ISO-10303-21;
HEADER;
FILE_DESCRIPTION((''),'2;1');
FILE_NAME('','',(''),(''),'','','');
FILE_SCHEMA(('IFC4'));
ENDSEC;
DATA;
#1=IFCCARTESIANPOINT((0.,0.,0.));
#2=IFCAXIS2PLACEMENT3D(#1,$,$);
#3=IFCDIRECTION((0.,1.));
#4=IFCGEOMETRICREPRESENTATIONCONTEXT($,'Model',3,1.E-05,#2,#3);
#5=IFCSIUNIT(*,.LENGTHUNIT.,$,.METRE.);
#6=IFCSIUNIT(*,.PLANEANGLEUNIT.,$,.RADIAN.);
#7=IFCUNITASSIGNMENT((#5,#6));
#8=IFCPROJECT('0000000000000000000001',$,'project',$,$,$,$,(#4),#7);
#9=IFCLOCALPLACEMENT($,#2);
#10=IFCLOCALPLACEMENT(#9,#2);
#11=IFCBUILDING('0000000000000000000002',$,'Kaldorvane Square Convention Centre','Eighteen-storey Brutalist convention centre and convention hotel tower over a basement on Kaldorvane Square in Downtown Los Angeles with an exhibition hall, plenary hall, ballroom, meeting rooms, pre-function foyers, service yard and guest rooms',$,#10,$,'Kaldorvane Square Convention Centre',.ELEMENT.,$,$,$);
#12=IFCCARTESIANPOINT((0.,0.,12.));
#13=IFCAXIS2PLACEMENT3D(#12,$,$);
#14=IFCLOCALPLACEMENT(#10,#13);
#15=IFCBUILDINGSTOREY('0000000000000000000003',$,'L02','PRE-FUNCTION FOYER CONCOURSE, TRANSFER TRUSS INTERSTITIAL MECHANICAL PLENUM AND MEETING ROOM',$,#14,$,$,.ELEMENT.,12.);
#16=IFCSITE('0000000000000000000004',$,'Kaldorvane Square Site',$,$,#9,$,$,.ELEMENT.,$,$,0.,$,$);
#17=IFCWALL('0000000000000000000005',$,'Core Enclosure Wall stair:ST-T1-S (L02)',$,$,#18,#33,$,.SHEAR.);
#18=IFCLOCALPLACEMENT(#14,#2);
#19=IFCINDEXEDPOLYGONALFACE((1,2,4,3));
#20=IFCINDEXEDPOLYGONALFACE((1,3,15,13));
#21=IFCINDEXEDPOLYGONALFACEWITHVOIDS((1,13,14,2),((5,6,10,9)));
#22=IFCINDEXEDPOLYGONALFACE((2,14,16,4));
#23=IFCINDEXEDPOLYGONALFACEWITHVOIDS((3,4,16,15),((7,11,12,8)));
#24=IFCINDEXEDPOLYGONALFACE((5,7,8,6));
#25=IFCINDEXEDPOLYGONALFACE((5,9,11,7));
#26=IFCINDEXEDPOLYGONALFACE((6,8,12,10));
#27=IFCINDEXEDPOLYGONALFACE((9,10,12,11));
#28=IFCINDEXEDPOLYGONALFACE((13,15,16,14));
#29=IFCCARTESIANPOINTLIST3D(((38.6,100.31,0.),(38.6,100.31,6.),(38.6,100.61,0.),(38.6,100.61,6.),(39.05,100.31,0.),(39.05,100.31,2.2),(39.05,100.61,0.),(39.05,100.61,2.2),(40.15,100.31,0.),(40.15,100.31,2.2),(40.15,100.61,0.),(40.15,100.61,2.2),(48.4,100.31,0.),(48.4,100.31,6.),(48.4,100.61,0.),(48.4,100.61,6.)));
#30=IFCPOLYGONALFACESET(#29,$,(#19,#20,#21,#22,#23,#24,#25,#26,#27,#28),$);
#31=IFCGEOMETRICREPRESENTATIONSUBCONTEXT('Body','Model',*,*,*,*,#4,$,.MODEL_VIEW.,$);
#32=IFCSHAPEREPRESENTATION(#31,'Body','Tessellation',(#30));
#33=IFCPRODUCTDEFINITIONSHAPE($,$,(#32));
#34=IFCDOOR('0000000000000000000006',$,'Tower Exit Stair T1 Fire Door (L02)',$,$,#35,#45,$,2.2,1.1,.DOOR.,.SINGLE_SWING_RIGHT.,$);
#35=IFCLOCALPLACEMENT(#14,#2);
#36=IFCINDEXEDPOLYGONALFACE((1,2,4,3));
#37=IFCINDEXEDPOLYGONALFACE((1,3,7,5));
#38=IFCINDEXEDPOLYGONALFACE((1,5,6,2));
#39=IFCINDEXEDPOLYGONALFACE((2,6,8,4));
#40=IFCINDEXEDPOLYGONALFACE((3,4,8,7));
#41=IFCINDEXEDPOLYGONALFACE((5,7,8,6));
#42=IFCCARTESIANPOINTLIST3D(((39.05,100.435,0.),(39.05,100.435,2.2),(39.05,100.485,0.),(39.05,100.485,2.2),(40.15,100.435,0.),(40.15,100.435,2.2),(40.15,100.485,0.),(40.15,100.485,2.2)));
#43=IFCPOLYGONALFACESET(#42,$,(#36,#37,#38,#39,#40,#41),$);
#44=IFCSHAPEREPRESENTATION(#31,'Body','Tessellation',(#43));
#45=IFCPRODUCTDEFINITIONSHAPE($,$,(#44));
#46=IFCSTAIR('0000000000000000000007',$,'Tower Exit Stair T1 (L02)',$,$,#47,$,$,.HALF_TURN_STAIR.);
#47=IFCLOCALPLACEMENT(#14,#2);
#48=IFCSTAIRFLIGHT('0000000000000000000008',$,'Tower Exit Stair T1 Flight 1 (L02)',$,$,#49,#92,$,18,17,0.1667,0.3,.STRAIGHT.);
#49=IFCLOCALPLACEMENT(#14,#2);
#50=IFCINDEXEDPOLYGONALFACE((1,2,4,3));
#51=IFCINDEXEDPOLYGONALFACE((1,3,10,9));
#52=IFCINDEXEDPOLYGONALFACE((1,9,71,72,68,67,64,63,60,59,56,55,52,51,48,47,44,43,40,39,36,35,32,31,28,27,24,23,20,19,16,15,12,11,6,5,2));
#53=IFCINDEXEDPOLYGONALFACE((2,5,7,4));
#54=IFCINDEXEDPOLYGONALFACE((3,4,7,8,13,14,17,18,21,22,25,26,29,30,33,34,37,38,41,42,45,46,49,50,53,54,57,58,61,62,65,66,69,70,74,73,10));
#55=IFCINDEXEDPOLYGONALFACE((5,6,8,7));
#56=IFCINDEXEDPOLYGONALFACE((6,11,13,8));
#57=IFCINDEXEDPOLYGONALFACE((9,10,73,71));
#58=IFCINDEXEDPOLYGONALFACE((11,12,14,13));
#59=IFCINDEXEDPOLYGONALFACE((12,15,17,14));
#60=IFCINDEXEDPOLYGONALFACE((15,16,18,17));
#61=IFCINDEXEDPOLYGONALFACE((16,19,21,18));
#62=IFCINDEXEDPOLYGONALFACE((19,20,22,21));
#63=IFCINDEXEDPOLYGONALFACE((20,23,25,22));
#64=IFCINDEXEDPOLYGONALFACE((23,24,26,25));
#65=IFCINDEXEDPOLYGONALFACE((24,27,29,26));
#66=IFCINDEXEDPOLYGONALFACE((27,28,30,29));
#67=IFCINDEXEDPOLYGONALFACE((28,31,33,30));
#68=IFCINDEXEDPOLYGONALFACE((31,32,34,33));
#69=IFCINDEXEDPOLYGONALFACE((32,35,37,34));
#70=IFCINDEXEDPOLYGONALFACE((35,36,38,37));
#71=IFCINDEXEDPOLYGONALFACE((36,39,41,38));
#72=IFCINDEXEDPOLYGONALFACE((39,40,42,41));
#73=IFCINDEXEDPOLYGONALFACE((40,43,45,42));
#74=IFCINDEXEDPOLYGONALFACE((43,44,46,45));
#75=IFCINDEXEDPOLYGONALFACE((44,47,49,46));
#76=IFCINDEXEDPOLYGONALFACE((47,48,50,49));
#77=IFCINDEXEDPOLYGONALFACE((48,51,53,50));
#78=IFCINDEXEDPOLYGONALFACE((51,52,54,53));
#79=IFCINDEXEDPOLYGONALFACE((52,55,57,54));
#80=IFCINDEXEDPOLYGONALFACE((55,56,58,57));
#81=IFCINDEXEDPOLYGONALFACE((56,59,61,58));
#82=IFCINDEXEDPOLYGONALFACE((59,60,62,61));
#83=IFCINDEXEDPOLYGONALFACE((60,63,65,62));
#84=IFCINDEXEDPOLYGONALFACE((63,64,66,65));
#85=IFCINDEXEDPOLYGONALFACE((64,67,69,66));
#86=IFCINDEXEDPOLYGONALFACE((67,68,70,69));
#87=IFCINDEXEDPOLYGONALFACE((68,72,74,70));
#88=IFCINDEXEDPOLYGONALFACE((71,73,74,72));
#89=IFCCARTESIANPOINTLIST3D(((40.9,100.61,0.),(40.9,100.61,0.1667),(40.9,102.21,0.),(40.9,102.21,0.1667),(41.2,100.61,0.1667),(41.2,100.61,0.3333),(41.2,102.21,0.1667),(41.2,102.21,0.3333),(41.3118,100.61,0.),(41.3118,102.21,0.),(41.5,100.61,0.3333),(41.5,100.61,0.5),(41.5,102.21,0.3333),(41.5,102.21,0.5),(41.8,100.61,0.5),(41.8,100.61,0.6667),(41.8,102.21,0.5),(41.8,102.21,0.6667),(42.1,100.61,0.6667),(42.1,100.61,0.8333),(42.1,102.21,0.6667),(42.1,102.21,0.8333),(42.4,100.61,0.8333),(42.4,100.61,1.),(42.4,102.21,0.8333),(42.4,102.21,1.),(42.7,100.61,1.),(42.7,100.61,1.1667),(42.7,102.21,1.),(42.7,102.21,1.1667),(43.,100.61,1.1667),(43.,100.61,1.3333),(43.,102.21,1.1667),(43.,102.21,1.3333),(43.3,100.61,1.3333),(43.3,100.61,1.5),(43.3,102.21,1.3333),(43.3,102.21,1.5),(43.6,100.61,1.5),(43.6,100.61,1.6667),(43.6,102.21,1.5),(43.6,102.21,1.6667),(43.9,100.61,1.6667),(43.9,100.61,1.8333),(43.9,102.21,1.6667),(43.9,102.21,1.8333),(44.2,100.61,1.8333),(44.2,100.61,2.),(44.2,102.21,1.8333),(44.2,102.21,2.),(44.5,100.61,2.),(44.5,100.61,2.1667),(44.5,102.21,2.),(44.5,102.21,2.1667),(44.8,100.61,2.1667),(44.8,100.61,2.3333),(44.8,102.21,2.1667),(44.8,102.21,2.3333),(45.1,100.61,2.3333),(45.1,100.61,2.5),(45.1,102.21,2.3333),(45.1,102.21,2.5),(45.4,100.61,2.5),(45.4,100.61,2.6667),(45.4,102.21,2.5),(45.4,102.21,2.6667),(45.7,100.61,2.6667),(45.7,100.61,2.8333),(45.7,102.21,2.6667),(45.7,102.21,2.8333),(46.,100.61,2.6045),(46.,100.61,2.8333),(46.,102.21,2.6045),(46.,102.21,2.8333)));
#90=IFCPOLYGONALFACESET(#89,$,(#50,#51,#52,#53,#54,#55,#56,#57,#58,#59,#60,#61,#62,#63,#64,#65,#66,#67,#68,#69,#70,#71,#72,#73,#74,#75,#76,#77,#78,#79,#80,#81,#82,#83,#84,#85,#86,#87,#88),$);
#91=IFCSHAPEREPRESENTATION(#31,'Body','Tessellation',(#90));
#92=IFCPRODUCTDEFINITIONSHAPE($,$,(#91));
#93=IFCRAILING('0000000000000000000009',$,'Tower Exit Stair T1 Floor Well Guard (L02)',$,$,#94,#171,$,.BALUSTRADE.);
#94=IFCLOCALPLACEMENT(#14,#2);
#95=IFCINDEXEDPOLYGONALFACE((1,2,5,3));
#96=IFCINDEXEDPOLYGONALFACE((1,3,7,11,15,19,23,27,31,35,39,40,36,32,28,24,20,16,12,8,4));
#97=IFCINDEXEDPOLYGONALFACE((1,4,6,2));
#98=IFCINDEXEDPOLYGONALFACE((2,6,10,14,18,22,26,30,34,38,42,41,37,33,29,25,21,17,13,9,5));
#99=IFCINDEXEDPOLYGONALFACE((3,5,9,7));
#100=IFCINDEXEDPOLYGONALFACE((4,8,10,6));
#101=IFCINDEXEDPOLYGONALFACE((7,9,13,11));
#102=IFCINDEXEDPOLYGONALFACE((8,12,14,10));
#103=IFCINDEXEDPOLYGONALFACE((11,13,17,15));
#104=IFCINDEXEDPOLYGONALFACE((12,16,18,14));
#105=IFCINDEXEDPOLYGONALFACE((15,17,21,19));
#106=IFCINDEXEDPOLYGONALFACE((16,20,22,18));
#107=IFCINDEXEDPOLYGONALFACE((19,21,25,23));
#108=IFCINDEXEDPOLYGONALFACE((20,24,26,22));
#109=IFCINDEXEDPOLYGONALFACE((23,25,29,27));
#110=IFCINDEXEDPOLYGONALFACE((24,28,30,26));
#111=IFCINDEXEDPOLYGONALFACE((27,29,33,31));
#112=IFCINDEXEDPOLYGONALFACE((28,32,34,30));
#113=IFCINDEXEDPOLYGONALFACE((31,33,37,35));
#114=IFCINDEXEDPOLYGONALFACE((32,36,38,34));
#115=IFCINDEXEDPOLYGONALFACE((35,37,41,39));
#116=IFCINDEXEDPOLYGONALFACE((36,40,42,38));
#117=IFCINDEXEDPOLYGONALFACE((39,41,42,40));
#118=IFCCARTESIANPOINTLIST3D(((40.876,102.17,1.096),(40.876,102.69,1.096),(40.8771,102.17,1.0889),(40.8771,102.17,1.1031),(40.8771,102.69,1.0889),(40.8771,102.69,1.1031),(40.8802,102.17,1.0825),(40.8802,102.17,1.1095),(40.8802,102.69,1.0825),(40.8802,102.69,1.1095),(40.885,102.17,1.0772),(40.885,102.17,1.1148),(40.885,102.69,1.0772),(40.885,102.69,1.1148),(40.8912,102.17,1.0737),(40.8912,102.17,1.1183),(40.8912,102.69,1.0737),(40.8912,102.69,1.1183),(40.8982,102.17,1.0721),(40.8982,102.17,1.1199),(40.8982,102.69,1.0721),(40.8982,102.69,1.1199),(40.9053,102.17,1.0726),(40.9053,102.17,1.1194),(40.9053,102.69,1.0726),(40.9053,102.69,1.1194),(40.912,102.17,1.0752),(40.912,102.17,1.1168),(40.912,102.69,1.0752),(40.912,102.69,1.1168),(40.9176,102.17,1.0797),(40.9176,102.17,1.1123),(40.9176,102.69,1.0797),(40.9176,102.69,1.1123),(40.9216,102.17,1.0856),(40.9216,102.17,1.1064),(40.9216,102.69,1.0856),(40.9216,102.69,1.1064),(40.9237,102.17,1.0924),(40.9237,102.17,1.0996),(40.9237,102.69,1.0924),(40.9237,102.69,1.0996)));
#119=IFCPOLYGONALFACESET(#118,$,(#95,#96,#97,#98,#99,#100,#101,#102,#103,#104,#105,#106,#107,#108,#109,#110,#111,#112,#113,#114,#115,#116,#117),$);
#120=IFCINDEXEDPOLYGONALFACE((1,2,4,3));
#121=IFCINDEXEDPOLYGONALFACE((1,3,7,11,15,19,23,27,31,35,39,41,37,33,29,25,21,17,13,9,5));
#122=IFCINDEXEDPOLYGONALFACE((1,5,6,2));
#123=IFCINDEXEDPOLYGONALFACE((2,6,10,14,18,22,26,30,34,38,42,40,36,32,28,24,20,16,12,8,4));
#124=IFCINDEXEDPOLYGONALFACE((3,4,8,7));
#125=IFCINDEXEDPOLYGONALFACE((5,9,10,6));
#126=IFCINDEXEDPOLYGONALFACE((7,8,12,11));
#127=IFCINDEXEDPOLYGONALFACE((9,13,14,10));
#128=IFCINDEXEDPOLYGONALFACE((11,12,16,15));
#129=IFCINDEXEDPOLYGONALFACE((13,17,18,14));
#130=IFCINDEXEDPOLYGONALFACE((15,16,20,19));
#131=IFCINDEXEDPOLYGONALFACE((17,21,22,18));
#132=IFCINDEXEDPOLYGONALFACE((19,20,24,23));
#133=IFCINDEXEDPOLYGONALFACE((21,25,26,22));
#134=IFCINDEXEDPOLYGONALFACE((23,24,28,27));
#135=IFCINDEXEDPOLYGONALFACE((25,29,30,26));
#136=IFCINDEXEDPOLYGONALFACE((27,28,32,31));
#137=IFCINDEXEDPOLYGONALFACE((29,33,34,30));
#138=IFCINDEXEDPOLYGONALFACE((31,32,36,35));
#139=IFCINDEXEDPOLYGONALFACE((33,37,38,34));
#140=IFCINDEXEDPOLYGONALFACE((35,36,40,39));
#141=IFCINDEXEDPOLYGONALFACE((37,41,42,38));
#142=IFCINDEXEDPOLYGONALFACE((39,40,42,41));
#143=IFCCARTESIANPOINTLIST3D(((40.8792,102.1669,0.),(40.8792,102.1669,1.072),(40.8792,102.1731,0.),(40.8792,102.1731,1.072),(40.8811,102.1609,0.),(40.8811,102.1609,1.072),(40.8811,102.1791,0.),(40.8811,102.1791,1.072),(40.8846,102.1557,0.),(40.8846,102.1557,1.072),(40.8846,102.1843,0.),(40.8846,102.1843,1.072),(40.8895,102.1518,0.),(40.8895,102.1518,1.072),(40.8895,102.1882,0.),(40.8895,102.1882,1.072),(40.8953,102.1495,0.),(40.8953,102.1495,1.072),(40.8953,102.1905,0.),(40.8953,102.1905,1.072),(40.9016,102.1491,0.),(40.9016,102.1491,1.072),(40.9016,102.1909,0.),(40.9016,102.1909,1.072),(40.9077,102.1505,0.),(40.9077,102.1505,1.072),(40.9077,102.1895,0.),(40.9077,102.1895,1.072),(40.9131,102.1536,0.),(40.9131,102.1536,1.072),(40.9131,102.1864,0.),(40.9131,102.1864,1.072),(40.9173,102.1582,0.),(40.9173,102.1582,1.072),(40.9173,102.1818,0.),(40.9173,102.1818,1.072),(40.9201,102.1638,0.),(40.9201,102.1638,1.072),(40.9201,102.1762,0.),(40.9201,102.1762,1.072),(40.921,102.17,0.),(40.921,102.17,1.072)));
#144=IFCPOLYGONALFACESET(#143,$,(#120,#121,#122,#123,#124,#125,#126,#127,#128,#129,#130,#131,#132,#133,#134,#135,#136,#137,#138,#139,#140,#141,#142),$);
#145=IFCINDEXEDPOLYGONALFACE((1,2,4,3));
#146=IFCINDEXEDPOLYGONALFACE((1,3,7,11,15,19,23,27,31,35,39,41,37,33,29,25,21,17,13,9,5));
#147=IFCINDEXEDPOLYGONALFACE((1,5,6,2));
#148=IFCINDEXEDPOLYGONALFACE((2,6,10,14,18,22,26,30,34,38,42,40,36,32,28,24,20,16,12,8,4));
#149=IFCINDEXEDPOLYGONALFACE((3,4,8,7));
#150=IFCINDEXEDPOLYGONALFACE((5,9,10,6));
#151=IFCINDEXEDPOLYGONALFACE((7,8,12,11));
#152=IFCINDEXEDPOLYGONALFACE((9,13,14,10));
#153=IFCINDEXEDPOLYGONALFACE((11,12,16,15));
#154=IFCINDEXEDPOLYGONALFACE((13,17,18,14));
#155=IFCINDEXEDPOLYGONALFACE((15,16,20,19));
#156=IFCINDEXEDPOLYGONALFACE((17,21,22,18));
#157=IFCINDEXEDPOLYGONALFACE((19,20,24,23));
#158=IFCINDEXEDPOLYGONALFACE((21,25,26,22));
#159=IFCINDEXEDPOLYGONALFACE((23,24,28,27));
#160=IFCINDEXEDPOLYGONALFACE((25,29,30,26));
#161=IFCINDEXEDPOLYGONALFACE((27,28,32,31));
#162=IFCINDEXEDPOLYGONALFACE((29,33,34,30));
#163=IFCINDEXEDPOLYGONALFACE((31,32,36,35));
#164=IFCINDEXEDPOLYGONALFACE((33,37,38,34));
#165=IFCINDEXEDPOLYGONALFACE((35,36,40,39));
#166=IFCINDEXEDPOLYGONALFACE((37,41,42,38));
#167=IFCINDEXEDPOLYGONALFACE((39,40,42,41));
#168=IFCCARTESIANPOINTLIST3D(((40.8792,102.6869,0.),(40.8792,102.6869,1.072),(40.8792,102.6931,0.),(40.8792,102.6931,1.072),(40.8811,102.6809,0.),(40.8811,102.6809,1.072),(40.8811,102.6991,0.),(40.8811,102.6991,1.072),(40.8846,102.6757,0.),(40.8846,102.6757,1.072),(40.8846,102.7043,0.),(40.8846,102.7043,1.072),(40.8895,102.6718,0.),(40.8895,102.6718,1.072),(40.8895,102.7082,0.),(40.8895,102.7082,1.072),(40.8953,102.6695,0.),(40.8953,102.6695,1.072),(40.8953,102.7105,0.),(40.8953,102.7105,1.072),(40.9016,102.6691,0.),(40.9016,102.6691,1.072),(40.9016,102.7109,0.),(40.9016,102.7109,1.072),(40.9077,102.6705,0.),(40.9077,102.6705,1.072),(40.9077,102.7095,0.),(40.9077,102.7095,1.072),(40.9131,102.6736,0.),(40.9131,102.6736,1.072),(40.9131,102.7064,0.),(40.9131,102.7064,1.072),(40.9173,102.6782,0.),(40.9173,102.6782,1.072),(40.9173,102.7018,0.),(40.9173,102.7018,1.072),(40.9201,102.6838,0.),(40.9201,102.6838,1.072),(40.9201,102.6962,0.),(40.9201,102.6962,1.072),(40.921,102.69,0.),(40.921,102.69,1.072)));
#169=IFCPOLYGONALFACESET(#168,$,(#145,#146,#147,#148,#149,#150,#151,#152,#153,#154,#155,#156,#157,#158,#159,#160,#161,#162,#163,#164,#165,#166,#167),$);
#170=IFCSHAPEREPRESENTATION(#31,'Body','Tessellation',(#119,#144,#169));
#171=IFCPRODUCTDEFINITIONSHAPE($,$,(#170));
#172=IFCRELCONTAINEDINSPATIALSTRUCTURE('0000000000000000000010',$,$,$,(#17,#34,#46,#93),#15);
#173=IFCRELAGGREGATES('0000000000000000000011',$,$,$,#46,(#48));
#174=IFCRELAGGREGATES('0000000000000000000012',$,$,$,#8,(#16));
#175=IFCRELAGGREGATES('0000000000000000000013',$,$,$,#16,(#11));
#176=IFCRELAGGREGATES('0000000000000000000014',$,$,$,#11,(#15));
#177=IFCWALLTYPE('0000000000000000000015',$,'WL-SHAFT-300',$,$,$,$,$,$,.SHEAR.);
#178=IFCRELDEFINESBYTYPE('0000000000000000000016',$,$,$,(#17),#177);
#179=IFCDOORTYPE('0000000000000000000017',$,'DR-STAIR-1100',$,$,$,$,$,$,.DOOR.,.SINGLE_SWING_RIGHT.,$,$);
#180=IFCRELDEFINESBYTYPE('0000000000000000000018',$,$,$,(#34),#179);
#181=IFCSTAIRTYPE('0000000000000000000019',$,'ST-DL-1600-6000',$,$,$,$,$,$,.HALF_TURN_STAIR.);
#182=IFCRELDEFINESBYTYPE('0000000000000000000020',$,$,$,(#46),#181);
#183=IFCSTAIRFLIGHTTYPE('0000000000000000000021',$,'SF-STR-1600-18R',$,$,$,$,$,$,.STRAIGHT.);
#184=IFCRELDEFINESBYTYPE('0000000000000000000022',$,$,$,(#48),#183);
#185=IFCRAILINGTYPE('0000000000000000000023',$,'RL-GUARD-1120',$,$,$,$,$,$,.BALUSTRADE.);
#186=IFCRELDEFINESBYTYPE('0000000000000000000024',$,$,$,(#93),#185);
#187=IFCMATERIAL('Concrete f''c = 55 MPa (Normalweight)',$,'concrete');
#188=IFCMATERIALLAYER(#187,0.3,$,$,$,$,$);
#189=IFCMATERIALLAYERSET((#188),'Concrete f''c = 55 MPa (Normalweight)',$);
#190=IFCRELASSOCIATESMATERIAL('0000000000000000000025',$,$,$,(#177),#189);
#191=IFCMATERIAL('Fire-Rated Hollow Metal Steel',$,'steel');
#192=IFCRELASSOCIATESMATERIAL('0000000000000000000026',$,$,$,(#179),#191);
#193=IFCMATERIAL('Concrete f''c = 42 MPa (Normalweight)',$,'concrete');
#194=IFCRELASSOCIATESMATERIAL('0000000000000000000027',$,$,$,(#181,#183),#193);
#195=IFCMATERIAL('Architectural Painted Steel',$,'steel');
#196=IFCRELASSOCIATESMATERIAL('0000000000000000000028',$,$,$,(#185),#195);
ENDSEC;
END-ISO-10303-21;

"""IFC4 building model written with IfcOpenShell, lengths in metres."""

from ifc_helpers import new_model, si_unit, direction, frame, frame_2d, origin, origin_2d, place, context, subcontext, project, spatial, polyline, rectangle, circle, outline, extrude, material, layer, layer_set, type_object, element, fill, aggregate, save


model = new_model("IFC4")

# Units and contexts
model_context = context("Model", 3, precision=1e-05, world=origin(), true_north=direction((0.0, 1.0)))
body_context = subcontext(model_context, "Body", "Model", "MODEL_VIEW")
ifc_project = project(units=[si_unit("LENGTHUNIT", "METRE"), si_unit("PLANEANGLEUNIT", "RADIAN")], contexts=[model_context])

# Site, building, storey
site_placement = place(None, origin())
site = spatial("IfcSite", under=ifc_project, at=site_placement, Name="Kaldorvane Square Site", CompositionType="ELEMENT", RefElevation=0.0)
building_placement = place(site_placement, origin())
building = spatial("IfcBuilding", under=site, at=building_placement, Name="Kaldorvane Square Convention Centre", Description="Eighteen-storey Brutalist convention centre and convention hotel tower over a basement on Kaldorvane Square in Downtown Los Angeles with an exhibition hall, plenary hall, ballroom, meeting rooms, pre-function foyers, service yard and guest rooms", LongName="Kaldorvane Square Convention Centre", CompositionType="ELEMENT")
storey_placement = place(building_placement, frame((0.0, 0.0, 12.0)))
storey = spatial("IfcBuildingStorey", under=building, at=storey_placement, Name="L02", Description="PRE-FUNCTION FOYER CONCOURSE, TRANSFER TRUSS INTERSTITIAL MECHANICAL PLENUM AND MEETING ROOM", CompositionType="ELEMENT", Elevation=12.0)

# Shared definitions
ifc_material_1 = material(Name="Concrete f'c = 55 MPa (Normalweight)", Category="concrete")

# Wall, opening, door
ifc_layer = layer(ifc_material_1, 0.3)
ifc_layer_set = layer_set([ifc_layer], Name="Concrete f'c = 55 MPa (Normalweight)")
wall_type = type_object("IfcWallType", Name="WL-SHAFT-300", PredefinedType="SHEAR", material=ifc_layer_set)
wall_placement = place(storey_placement, frame((38.6, 100.46, 0.0), z_axis=(0.0, 0.0, 1.0), x_axis=(1.0, 0.0, 0.0)))
wall = element("IfcWall", 1, at=wall_placement, inside=storey, type_object=wall_type, Name="Core Enclosure Wall stair:ST-T1-S (L02)", PredefinedType="SHEAR", context=body_context, shape_type="SweptSolid", body=[
    extrude(rectangle(XDim=9.8, YDim=0.3, at=frame_2d((4.9, 0.0))), origin(), (0.0, 0.0, 1.0), 6.0),
])
opening_placement = place(wall_placement, frame((0.45, 0.0, 0.0)))
opening = element("IfcOpeningElement", 2, at=opening_placement, cuts=wall, PredefinedType="OPENING", context=body_context, shape_type="SweptSolid", body=[
    extrude(rectangle(XDim=1.1, YDim=2.2, at=frame_2d((0.55, 1.1))), frame((0.0, 0.165, 0.0), z_axis=(0.0, -1.0, 0.0), x_axis=(1.0, 0.0, 0.0)), (0.0, 0.0, 1.0), 0.33),
])
ifc_material_2 = material(Name="Fire-Rated Hollow Metal Steel", Category="steel")
door_type = type_object("IfcDoorType", Name="DR-STAIR-1100", OperationType="SINGLE_SWING_RIGHT", PredefinedType="DOOR", material=ifc_material_2)
door_placement = place(opening_placement, origin())
door = element("IfcDoor", 3, at=door_placement, inside=storey, type_object=door_type, Name="Tower Exit Stair T1 Fire Door (L02)", OperationType="SINGLE_SWING_RIGHT", OverallHeight=2.2, OverallWidth=1.1, PredefinedType="DOOR", context=body_context, shape_type="SweptSolid", body=[
    extrude(rectangle(XDim=1.1, YDim=2.2, at=frame_2d((0.55, 1.1))), frame((0.0, 0.025, 0.0), z_axis=(0.0, -1.0, 0.0), x_axis=(1.0, 0.0, 0.0)), (0.0, 0.0, 1.0), 0.05),
])
fill(opening, door)

# Stair, stair flight
ifc_material_3 = material(Name="Concrete f'c = 42 MPa (Normalweight)", Category="concrete")
stair_type = type_object("IfcStairType", Name="ST-DL-1600-6000", PredefinedType="HALF_TURN_STAIR", material=ifc_material_3)
stair_placement = place(storey_placement, origin())
stair = element("IfcStair", 4, at=stair_placement, inside=storey, type_object=stair_type, Name="Tower Exit Stair T1 (L02)", PredefinedType="HALF_TURN_STAIR")
stair_flight_type = type_object("IfcStairFlightType", Name="SF-STR-1600-18R", PredefinedType="STRAIGHT", material=ifc_material_3)
stair_flight_placement = place(storey_placement, frame((40.9, 101.41, 0.0), z_axis=(0.0, 0.0, 1.0), x_axis=(1.0, 0.0, 0.0)))
stair_flight = element("IfcStairFlight", 5, at=stair_flight_placement, type_object=stair_flight_type, Name="Tower Exit Stair T1 Flight 1 (L02)", NumberOfRisers=18, NumberOfTreads=17, PredefinedType="STRAIGHT", RiserHeight=0.1667, TreadLength=0.3, context=body_context, shape_type="SweptSolid", body=[
    extrude(outline(polyline([(0.0, 0.0), (0.0, 0.1667), (0.3, 0.1667), (0.3, 0.3333), (0.6, 0.3333), (0.6, 0.5), (0.9, 0.5), (0.9, 0.6667), (1.2, 0.6667), (1.2, 0.8333), (1.5, 0.8333), (1.5, 1.0), (1.8, 1.0), (1.8, 1.1667), (2.1, 1.1667), (2.1, 1.3333), (2.4, 1.3333), (2.4, 1.5), (2.7, 1.5), (2.7, 1.6667), (3.0, 1.6667), (3.0, 1.8333), (3.3, 1.8333), (3.3, 2.0), (3.6, 2.0), (3.6, 2.1667), (3.9, 2.1667), (3.9, 2.3333), (4.2, 2.3333), (4.2, 2.5), (4.5, 2.5), (4.5, 2.6667), (4.8, 2.6667), (4.8, 2.8333), (5.1, 2.8333), (5.1, 3.0), (5.1, 2.6045), (0.4118, 0.0), (0.0, 0.0)])), frame((0.0, 0.8, 0.0), z_axis=(0.0, -1.0, 0.0), x_axis=(1.0, 0.0, 0.0)), (0.0, 0.0, 1.0), 1.6),
])
aggregate(stair, [stair_flight])

# Railing
ifc_material_4 = material(Name="Architectural Painted Steel", Category="steel")
railing_type_1 = type_object("IfcRailingType", Name="RL-GUARD-1120", PredefinedType="BALUSTRADE", material=ifc_material_4)
for number, where, name in (
    (6, (40.9, 102.17, 0.0), "Tower Exit Stair T1 Floor Well Guard (L02)"),
):
    element("IfcRailing", number, at=place(storey_placement, frame(where)), inside=storey, type_object=railing_type_1, Name=name, PredefinedType="BALUSTRADE", context=body_context, shape_type="SweptSolid", body=[
        extrude(circle(Radius=0.024, at=origin_2d()), frame((0.0, 0.0, 1.096), z_axis=(0.0, 1.0, 0.0), x_axis=(-1.0, 0.0, 0.0)), (0.0, 0.0, 1.0), 0.52),
        extrude(circle(Radius=0.021, at=origin_2d()), origin(), (0.0, 0.0, 1.0), 1.072),
        extrude(circle(Radius=0.021, at=origin_2d()), frame((0.0, 0.52, 0.0)), (0.0, 0.0, 1.0), 1.072),
    ])

save(model, "model.ifc")
